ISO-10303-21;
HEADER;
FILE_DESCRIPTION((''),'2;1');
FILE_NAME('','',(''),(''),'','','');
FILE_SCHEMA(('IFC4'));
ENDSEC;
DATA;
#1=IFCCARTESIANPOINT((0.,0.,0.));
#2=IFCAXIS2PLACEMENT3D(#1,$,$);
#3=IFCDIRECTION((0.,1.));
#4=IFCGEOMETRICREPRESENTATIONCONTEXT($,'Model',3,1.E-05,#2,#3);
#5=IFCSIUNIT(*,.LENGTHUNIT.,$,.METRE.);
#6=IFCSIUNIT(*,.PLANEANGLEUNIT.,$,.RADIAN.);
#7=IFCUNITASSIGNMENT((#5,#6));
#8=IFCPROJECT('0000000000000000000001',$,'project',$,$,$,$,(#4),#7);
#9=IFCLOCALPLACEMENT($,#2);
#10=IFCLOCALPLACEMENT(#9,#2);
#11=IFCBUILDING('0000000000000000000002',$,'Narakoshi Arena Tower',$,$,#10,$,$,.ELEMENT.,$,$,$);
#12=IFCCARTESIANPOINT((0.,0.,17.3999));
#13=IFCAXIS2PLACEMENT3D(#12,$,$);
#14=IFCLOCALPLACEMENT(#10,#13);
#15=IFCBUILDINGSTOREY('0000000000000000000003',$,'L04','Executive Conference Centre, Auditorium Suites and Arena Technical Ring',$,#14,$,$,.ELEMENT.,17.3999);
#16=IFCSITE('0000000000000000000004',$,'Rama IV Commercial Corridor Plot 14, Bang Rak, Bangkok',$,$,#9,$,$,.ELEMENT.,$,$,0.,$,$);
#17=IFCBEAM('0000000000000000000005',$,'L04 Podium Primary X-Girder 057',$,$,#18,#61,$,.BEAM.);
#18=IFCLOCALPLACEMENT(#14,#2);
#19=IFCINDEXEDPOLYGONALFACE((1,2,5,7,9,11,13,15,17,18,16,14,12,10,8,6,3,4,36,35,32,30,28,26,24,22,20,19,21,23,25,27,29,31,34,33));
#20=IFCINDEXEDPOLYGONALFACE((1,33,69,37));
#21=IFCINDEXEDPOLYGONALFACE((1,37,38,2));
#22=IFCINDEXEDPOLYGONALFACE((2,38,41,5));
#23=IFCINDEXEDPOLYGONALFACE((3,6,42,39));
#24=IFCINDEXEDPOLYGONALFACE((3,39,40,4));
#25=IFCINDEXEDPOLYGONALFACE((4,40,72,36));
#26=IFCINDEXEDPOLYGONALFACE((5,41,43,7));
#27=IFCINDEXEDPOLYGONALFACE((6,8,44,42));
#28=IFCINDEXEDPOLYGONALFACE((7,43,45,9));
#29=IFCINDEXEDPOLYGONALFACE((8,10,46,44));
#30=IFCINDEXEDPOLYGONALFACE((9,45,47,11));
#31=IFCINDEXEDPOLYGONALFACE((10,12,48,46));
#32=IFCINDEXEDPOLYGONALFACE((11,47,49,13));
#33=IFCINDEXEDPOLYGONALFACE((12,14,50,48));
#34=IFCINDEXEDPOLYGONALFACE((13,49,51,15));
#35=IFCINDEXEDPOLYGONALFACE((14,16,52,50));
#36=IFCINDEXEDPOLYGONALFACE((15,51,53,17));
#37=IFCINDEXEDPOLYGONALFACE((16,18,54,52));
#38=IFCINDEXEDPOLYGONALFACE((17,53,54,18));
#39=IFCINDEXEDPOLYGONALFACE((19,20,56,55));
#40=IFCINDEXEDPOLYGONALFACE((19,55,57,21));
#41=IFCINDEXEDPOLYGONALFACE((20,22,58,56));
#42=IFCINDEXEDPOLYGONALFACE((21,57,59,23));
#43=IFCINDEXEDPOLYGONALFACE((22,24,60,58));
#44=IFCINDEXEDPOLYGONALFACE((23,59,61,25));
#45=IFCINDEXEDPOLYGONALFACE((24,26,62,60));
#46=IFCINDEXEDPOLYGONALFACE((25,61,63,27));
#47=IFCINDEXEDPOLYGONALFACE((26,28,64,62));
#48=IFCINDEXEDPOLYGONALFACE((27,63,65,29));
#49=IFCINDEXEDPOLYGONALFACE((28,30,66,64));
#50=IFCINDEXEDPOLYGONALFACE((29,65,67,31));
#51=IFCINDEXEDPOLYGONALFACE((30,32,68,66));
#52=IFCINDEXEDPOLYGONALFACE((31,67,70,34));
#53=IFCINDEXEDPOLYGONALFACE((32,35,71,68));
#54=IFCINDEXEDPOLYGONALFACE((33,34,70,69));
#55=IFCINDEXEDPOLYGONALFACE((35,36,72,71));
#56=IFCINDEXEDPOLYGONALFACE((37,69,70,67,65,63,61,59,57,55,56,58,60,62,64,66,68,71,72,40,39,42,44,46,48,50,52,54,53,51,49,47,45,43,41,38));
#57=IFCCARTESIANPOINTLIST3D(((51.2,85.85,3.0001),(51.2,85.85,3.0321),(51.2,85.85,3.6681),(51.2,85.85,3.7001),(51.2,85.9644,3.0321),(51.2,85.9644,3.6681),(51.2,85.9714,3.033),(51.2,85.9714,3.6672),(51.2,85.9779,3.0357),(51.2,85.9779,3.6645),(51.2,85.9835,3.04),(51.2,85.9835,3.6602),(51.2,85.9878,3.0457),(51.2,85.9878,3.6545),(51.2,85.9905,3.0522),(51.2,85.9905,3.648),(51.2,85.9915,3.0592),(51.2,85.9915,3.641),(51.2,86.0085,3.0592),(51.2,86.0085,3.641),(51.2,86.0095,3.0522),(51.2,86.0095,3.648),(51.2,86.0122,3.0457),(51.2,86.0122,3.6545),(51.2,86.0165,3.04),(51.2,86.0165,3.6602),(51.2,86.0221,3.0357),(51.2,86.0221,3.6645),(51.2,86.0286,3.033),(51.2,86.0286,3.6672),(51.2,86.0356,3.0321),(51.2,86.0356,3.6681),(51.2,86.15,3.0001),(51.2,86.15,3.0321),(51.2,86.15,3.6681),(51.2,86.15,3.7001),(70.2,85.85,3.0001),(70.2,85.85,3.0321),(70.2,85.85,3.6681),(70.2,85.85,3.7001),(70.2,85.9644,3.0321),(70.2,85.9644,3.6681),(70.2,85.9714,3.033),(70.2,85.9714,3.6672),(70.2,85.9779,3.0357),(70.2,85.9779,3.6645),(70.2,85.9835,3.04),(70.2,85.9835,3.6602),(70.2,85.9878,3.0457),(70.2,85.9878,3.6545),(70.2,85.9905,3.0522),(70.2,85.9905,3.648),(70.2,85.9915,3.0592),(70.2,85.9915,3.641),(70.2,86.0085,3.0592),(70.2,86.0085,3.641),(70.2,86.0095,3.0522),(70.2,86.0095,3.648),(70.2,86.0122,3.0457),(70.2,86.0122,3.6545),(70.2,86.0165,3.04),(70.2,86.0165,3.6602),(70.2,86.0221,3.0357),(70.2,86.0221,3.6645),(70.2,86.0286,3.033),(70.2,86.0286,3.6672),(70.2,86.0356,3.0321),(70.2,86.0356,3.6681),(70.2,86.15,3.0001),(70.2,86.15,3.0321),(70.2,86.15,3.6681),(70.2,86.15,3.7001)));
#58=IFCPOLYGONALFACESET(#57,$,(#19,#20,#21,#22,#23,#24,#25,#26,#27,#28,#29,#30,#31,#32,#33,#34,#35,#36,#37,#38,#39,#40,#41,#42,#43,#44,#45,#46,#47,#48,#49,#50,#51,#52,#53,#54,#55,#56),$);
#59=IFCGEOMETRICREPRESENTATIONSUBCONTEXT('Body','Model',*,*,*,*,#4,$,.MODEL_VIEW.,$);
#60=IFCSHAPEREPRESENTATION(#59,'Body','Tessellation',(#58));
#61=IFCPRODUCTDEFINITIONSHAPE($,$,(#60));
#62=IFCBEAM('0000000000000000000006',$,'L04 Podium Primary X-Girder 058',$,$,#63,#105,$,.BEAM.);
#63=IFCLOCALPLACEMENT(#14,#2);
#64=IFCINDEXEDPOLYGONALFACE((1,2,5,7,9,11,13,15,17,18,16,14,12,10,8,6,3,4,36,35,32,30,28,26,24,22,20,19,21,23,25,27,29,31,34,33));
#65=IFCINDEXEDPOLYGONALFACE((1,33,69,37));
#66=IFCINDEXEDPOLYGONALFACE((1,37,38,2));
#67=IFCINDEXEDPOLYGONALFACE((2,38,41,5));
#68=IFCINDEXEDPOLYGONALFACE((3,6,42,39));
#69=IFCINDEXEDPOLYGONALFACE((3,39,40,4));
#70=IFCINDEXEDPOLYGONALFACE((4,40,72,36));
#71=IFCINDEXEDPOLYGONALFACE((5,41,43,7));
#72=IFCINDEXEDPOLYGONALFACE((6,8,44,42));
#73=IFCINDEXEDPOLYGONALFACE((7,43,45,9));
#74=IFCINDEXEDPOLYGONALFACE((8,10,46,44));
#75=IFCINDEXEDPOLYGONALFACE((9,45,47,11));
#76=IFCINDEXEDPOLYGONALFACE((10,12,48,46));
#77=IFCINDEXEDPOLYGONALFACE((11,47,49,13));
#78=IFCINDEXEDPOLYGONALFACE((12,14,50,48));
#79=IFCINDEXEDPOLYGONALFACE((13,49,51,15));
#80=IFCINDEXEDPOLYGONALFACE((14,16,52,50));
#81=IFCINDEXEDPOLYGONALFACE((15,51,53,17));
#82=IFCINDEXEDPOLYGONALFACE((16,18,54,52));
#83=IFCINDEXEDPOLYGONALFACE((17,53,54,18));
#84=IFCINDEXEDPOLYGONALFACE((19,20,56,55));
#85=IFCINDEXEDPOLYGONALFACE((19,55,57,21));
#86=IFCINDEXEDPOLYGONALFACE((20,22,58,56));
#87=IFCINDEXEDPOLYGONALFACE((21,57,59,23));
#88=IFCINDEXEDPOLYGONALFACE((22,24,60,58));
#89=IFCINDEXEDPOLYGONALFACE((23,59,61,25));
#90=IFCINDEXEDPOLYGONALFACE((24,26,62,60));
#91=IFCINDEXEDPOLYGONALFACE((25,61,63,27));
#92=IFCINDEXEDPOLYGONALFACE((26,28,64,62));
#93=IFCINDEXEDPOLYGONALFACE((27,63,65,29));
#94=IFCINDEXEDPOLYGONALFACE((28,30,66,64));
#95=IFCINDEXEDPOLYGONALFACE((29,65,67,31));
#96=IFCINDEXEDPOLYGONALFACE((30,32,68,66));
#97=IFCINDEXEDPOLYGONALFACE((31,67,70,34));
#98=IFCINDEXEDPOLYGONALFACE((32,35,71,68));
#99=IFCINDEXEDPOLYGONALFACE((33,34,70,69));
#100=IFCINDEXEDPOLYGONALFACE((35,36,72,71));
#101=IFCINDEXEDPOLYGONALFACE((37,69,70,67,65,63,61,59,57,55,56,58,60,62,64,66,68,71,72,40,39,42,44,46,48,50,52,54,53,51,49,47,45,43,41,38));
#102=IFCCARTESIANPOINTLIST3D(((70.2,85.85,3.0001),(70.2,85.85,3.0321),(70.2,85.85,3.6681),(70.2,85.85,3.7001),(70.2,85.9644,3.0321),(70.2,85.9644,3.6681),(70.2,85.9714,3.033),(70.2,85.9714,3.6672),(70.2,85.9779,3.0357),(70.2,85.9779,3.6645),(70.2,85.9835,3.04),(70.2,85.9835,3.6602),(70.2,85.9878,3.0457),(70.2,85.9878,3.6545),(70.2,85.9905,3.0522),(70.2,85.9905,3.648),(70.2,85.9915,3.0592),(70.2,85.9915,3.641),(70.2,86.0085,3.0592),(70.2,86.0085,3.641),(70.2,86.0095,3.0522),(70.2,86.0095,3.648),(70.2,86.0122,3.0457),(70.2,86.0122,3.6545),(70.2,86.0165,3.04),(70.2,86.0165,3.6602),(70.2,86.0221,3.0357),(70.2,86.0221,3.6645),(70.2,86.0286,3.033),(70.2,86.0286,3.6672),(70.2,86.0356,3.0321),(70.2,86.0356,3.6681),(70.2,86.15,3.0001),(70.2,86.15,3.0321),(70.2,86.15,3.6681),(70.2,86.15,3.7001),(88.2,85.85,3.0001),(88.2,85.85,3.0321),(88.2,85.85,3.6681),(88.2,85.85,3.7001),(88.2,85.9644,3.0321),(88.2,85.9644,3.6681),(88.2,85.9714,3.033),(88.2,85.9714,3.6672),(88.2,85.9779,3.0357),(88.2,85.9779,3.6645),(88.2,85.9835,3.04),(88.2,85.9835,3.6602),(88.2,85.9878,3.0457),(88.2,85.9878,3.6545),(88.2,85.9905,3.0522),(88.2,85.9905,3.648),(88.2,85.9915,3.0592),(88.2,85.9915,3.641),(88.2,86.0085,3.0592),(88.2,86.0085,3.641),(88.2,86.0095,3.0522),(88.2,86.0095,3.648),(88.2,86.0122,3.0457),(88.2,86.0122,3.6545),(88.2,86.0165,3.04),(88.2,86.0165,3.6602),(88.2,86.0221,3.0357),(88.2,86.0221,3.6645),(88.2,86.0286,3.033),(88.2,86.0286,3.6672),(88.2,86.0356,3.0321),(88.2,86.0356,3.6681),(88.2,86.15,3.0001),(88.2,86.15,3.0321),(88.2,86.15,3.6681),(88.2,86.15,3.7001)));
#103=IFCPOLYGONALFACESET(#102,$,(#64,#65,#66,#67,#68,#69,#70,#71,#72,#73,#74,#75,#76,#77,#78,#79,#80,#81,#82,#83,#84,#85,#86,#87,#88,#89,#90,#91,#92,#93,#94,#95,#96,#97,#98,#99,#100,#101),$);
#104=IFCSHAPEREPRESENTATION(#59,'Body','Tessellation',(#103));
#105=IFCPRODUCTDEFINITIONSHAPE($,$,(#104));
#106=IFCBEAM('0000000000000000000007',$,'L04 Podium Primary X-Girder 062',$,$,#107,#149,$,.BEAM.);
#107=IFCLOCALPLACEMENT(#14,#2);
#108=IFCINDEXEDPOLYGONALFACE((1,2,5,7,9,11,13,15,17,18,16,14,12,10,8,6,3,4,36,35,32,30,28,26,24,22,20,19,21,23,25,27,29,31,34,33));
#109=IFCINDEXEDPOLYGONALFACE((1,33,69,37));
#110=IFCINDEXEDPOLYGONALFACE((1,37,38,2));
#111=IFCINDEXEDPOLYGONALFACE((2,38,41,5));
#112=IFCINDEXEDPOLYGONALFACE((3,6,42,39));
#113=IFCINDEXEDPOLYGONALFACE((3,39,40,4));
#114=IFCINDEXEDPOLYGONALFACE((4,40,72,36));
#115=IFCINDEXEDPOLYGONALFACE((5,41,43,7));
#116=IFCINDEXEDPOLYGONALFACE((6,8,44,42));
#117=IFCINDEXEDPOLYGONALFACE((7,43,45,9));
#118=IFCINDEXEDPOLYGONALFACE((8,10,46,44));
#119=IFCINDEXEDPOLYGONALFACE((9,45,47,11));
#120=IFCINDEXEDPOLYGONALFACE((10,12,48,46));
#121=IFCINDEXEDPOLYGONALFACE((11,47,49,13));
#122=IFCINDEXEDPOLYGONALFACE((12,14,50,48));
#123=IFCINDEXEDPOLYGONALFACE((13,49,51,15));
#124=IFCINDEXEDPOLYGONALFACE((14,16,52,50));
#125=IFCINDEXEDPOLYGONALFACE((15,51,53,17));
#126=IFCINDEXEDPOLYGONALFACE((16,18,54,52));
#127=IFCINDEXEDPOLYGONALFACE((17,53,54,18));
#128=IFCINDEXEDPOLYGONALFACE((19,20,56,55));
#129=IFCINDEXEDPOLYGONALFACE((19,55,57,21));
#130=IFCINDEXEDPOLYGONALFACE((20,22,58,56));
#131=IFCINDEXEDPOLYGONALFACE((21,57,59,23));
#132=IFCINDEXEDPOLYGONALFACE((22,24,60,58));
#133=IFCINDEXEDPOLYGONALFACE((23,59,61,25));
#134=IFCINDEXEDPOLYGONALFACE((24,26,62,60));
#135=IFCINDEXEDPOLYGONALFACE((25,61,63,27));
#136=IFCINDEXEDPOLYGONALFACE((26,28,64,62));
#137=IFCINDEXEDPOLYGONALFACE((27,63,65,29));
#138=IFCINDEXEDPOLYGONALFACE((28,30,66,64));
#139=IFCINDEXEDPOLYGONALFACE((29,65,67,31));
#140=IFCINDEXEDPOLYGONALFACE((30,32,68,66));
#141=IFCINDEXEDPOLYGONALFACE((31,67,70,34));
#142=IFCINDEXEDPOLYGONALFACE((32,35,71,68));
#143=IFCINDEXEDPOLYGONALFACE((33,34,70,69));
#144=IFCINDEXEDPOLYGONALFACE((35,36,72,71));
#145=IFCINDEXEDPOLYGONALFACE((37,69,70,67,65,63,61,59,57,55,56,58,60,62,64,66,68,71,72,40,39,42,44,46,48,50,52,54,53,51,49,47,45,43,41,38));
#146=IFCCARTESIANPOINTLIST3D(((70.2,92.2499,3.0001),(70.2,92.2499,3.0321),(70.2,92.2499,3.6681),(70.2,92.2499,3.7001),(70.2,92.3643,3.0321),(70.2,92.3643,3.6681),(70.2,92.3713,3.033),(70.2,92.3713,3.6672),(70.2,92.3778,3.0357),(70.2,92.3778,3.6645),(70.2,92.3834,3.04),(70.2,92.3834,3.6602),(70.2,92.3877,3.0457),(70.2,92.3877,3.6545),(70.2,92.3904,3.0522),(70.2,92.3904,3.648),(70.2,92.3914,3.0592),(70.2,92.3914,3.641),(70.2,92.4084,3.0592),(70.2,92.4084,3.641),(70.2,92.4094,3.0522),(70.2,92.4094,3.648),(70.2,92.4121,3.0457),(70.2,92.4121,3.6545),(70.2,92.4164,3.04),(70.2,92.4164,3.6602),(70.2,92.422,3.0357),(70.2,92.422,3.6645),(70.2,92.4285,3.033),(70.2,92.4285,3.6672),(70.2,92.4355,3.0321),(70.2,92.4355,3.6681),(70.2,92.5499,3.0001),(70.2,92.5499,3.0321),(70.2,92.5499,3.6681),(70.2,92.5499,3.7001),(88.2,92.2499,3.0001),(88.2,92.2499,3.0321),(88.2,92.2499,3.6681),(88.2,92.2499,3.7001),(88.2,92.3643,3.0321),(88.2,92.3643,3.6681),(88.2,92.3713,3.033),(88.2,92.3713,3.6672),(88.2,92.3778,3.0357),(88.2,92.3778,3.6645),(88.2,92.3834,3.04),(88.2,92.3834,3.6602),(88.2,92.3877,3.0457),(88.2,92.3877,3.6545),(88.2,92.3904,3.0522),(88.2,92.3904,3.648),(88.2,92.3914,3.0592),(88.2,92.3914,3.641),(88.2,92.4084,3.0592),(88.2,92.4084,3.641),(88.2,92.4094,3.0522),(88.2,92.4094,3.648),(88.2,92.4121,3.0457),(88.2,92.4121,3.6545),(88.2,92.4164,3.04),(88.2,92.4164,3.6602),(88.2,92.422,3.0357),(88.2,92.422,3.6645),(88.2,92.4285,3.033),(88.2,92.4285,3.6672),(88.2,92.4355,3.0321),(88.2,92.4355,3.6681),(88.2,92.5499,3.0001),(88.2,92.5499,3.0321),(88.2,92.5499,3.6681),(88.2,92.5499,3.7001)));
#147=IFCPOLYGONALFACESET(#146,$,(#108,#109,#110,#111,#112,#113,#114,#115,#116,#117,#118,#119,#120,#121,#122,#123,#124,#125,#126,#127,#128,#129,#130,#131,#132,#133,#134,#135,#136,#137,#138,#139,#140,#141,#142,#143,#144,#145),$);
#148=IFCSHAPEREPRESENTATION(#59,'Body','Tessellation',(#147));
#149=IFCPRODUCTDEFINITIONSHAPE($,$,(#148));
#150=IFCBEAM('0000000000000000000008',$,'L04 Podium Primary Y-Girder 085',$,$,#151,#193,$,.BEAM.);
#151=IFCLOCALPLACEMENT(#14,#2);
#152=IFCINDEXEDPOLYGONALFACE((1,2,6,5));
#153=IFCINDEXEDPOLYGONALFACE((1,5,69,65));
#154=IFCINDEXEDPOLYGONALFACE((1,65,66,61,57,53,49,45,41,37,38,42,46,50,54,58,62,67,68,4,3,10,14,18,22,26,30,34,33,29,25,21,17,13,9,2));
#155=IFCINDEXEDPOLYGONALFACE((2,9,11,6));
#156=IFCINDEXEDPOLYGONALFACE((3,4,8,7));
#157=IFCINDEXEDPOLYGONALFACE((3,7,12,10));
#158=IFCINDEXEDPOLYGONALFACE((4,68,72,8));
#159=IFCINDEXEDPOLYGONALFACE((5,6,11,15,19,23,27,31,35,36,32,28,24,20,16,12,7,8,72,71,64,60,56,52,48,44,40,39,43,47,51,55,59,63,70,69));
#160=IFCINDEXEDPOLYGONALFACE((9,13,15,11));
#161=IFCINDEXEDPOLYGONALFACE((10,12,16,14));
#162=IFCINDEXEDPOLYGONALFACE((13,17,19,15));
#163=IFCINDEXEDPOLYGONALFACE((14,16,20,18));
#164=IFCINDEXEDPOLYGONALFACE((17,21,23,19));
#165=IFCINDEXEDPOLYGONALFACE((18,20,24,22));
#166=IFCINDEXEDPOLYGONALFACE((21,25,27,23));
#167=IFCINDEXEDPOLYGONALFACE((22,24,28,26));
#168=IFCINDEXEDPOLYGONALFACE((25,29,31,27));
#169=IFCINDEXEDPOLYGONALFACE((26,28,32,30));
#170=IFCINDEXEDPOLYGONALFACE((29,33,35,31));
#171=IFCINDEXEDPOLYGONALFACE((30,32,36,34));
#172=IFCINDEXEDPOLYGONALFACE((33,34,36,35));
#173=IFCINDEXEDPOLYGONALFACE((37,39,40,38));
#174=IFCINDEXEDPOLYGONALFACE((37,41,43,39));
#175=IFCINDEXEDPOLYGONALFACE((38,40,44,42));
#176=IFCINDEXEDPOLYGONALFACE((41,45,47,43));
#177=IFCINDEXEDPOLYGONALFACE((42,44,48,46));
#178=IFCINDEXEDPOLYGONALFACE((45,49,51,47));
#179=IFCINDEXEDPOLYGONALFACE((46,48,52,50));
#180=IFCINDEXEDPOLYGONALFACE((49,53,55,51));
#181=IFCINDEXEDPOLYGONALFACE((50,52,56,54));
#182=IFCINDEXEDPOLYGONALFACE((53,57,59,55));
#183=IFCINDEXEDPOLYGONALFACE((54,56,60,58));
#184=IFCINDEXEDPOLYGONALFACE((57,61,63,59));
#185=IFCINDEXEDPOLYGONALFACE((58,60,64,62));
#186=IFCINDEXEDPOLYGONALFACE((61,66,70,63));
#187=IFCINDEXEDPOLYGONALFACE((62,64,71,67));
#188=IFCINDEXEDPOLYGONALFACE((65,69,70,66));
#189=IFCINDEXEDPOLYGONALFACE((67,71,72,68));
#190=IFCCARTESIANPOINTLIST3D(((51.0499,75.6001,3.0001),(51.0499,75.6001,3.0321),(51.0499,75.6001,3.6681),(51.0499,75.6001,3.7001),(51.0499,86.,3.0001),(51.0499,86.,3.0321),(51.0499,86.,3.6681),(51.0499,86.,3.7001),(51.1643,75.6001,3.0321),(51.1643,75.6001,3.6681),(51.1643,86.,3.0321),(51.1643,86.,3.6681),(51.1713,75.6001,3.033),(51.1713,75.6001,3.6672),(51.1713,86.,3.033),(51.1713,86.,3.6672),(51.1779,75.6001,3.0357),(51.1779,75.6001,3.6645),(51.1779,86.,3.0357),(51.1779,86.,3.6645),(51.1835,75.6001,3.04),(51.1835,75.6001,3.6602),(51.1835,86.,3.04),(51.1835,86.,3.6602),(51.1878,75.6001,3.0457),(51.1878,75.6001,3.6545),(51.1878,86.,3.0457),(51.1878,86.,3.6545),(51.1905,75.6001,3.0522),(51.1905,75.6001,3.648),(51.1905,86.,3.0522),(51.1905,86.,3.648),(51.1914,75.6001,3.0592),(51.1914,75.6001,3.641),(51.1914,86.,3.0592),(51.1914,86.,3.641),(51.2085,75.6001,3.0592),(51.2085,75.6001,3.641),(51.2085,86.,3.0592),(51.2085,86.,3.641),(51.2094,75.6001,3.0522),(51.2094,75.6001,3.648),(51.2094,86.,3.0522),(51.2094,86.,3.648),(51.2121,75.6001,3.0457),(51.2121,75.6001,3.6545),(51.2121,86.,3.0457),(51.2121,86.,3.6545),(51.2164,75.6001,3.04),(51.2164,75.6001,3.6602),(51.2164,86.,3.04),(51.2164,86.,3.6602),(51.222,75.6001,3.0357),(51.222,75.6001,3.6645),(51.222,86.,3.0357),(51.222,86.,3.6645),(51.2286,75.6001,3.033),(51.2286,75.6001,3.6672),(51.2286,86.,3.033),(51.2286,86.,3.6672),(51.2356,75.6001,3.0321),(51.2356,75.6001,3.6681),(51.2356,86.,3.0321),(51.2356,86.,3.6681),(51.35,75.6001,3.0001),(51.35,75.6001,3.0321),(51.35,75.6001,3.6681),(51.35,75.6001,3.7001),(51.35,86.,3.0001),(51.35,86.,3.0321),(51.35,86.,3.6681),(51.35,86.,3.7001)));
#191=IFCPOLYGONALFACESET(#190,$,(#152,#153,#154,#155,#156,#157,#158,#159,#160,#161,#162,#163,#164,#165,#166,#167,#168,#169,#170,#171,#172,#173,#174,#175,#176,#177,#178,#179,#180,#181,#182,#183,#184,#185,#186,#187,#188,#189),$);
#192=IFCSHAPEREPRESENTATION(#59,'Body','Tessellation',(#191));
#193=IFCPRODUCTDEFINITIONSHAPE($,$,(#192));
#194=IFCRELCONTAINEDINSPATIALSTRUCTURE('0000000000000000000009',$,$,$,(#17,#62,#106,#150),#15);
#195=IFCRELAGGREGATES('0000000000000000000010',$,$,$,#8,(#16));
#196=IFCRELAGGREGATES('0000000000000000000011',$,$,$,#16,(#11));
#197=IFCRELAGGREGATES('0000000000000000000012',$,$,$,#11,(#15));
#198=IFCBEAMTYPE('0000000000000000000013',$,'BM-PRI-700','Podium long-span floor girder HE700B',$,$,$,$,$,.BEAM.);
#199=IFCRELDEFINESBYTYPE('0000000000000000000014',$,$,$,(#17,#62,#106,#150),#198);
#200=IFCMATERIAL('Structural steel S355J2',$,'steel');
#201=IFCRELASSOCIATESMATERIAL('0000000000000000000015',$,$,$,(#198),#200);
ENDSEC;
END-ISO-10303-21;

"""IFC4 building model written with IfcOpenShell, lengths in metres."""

from ifc_helpers import new_model, si_unit, direction, frame, origin, origin_2d, place, context, subcontext, project, spatial, i_section, extrude, material, material_profile, profile_set, type_object, element, save


model = new_model("IFC4")

# Units and contexts
model_context = context("Model", 3, precision=1e-05, world=origin(), true_north=direction((0.0, 1.0)))
body_context = subcontext(model_context, "Body", "Model", "MODEL_VIEW")
ifc_project = project(units=[si_unit("LENGTHUNIT", "METRE"), si_unit("PLANEANGLEUNIT", "RADIAN")], contexts=[model_context])

# Site, building, storey
site_placement = place(None, origin())
site = spatial("IfcSite", under=ifc_project, at=site_placement, Name="Rama IV Commercial Corridor Plot 14, Bang Rak, Bangkok", CompositionType="ELEMENT", RefElevation=0.0)
building_placement = place(site_placement, origin())
building = spatial("IfcBuilding", under=site, at=building_placement, Name="Narakoshi Arena Tower", CompositionType="ELEMENT")
storey_placement = place(building_placement, frame((0.0, 0.0, 17.3999)))
storey = spatial("IfcBuildingStorey", under=building, at=storey_placement, Name="L04", Description="Executive Conference Centre, Auditorium Suites and Arena Technical Ring", CompositionType="ELEMENT", Elevation=17.3999)

# Beams
ifc_material_1 = material(Name="Structural steel S355J2", Category="steel")
ifc_material_profile_1 = material_profile(ifc_material_1, i_section(OverallWidth=0.3, OverallDepth=0.7, WebThickness=0.0171, FlangeThickness=0.032, FilletRadius=0.0271, at=origin_2d()), Name="HE700B")
ifc_profile_set_1 = profile_set([ifc_material_profile_1], Name="Structural steel S355J2")
beam_type_1 = type_object("IfcBeamType", Name="BM-PRI-700", Description="Podium long-span floor girder HE700B", PredefinedType="BEAM", material=ifc_profile_set_1)
beam_1_placement = place(storey_placement, frame((51.2, 86.0, 3.3501), z_axis=(1.0, 0.0, 0.0), x_axis=(0.0, 1.0, 0.0)))
element("IfcBeam", 1, at=beam_1_placement, inside=storey, type_object=beam_type_1, Name="L04 Podium Primary X-Girder 057", PredefinedType="BEAM", context=body_context, shape_type="SweptSolid", body=[
    extrude(i_section(OverallWidth=0.3, OverallDepth=0.7, WebThickness=0.0171, FlangeThickness=0.032, FilletRadius=0.0271, at=origin_2d()), origin(), (0.0, 0.0, 1.0), 19.0),
])
for number, where, z_axis, x_axis, name in (
    (2, (70.2, 86.0, 3.3501), (1.0, 0.0, 0.0), (0.0, 1.0, 0.0), "L04 Podium Primary X-Girder 058"),
    (3, (70.2, 92.3999, 3.3501), (1.0, 0.0, 0.0), (0.0, 1.0, 0.0), "L04 Podium Primary X-Girder 062"),
):
    element("IfcBeam", number, at=place(storey_placement, frame(where, z_axis=z_axis, x_axis=x_axis)), inside=storey, type_object=beam_type_1, Name=name, PredefinedType="BEAM", context=body_context, shape_type="SweptSolid", body=[
        extrude(i_section(OverallWidth=0.3, OverallDepth=0.7, WebThickness=0.0171, FlangeThickness=0.032, FilletRadius=0.0271, at=origin_2d()), origin(), (0.0, 0.0, 1.0), 18.0),
    ])
beam_2_placement = place(storey_placement, frame((51.2, 75.6001, 3.3501), z_axis=(0.0, 1.0, 0.0), x_axis=(-1.0, 0.0, 0.0)))
element("IfcBeam", 4, at=beam_2_placement, inside=storey, type_object=beam_type_1, Name="L04 Podium Primary Y-Girder 085", PredefinedType="BEAM", context=body_context, shape_type="SweptSolid", body=[
    extrude(i_section(OverallWidth=0.3, OverallDepth=0.7, WebThickness=0.0171, FlangeThickness=0.032, FilletRadius=0.0271, at=origin_2d()), origin(), (0.0, 0.0, 1.0), 10.3999),
])

save(model, "model.ifc")
